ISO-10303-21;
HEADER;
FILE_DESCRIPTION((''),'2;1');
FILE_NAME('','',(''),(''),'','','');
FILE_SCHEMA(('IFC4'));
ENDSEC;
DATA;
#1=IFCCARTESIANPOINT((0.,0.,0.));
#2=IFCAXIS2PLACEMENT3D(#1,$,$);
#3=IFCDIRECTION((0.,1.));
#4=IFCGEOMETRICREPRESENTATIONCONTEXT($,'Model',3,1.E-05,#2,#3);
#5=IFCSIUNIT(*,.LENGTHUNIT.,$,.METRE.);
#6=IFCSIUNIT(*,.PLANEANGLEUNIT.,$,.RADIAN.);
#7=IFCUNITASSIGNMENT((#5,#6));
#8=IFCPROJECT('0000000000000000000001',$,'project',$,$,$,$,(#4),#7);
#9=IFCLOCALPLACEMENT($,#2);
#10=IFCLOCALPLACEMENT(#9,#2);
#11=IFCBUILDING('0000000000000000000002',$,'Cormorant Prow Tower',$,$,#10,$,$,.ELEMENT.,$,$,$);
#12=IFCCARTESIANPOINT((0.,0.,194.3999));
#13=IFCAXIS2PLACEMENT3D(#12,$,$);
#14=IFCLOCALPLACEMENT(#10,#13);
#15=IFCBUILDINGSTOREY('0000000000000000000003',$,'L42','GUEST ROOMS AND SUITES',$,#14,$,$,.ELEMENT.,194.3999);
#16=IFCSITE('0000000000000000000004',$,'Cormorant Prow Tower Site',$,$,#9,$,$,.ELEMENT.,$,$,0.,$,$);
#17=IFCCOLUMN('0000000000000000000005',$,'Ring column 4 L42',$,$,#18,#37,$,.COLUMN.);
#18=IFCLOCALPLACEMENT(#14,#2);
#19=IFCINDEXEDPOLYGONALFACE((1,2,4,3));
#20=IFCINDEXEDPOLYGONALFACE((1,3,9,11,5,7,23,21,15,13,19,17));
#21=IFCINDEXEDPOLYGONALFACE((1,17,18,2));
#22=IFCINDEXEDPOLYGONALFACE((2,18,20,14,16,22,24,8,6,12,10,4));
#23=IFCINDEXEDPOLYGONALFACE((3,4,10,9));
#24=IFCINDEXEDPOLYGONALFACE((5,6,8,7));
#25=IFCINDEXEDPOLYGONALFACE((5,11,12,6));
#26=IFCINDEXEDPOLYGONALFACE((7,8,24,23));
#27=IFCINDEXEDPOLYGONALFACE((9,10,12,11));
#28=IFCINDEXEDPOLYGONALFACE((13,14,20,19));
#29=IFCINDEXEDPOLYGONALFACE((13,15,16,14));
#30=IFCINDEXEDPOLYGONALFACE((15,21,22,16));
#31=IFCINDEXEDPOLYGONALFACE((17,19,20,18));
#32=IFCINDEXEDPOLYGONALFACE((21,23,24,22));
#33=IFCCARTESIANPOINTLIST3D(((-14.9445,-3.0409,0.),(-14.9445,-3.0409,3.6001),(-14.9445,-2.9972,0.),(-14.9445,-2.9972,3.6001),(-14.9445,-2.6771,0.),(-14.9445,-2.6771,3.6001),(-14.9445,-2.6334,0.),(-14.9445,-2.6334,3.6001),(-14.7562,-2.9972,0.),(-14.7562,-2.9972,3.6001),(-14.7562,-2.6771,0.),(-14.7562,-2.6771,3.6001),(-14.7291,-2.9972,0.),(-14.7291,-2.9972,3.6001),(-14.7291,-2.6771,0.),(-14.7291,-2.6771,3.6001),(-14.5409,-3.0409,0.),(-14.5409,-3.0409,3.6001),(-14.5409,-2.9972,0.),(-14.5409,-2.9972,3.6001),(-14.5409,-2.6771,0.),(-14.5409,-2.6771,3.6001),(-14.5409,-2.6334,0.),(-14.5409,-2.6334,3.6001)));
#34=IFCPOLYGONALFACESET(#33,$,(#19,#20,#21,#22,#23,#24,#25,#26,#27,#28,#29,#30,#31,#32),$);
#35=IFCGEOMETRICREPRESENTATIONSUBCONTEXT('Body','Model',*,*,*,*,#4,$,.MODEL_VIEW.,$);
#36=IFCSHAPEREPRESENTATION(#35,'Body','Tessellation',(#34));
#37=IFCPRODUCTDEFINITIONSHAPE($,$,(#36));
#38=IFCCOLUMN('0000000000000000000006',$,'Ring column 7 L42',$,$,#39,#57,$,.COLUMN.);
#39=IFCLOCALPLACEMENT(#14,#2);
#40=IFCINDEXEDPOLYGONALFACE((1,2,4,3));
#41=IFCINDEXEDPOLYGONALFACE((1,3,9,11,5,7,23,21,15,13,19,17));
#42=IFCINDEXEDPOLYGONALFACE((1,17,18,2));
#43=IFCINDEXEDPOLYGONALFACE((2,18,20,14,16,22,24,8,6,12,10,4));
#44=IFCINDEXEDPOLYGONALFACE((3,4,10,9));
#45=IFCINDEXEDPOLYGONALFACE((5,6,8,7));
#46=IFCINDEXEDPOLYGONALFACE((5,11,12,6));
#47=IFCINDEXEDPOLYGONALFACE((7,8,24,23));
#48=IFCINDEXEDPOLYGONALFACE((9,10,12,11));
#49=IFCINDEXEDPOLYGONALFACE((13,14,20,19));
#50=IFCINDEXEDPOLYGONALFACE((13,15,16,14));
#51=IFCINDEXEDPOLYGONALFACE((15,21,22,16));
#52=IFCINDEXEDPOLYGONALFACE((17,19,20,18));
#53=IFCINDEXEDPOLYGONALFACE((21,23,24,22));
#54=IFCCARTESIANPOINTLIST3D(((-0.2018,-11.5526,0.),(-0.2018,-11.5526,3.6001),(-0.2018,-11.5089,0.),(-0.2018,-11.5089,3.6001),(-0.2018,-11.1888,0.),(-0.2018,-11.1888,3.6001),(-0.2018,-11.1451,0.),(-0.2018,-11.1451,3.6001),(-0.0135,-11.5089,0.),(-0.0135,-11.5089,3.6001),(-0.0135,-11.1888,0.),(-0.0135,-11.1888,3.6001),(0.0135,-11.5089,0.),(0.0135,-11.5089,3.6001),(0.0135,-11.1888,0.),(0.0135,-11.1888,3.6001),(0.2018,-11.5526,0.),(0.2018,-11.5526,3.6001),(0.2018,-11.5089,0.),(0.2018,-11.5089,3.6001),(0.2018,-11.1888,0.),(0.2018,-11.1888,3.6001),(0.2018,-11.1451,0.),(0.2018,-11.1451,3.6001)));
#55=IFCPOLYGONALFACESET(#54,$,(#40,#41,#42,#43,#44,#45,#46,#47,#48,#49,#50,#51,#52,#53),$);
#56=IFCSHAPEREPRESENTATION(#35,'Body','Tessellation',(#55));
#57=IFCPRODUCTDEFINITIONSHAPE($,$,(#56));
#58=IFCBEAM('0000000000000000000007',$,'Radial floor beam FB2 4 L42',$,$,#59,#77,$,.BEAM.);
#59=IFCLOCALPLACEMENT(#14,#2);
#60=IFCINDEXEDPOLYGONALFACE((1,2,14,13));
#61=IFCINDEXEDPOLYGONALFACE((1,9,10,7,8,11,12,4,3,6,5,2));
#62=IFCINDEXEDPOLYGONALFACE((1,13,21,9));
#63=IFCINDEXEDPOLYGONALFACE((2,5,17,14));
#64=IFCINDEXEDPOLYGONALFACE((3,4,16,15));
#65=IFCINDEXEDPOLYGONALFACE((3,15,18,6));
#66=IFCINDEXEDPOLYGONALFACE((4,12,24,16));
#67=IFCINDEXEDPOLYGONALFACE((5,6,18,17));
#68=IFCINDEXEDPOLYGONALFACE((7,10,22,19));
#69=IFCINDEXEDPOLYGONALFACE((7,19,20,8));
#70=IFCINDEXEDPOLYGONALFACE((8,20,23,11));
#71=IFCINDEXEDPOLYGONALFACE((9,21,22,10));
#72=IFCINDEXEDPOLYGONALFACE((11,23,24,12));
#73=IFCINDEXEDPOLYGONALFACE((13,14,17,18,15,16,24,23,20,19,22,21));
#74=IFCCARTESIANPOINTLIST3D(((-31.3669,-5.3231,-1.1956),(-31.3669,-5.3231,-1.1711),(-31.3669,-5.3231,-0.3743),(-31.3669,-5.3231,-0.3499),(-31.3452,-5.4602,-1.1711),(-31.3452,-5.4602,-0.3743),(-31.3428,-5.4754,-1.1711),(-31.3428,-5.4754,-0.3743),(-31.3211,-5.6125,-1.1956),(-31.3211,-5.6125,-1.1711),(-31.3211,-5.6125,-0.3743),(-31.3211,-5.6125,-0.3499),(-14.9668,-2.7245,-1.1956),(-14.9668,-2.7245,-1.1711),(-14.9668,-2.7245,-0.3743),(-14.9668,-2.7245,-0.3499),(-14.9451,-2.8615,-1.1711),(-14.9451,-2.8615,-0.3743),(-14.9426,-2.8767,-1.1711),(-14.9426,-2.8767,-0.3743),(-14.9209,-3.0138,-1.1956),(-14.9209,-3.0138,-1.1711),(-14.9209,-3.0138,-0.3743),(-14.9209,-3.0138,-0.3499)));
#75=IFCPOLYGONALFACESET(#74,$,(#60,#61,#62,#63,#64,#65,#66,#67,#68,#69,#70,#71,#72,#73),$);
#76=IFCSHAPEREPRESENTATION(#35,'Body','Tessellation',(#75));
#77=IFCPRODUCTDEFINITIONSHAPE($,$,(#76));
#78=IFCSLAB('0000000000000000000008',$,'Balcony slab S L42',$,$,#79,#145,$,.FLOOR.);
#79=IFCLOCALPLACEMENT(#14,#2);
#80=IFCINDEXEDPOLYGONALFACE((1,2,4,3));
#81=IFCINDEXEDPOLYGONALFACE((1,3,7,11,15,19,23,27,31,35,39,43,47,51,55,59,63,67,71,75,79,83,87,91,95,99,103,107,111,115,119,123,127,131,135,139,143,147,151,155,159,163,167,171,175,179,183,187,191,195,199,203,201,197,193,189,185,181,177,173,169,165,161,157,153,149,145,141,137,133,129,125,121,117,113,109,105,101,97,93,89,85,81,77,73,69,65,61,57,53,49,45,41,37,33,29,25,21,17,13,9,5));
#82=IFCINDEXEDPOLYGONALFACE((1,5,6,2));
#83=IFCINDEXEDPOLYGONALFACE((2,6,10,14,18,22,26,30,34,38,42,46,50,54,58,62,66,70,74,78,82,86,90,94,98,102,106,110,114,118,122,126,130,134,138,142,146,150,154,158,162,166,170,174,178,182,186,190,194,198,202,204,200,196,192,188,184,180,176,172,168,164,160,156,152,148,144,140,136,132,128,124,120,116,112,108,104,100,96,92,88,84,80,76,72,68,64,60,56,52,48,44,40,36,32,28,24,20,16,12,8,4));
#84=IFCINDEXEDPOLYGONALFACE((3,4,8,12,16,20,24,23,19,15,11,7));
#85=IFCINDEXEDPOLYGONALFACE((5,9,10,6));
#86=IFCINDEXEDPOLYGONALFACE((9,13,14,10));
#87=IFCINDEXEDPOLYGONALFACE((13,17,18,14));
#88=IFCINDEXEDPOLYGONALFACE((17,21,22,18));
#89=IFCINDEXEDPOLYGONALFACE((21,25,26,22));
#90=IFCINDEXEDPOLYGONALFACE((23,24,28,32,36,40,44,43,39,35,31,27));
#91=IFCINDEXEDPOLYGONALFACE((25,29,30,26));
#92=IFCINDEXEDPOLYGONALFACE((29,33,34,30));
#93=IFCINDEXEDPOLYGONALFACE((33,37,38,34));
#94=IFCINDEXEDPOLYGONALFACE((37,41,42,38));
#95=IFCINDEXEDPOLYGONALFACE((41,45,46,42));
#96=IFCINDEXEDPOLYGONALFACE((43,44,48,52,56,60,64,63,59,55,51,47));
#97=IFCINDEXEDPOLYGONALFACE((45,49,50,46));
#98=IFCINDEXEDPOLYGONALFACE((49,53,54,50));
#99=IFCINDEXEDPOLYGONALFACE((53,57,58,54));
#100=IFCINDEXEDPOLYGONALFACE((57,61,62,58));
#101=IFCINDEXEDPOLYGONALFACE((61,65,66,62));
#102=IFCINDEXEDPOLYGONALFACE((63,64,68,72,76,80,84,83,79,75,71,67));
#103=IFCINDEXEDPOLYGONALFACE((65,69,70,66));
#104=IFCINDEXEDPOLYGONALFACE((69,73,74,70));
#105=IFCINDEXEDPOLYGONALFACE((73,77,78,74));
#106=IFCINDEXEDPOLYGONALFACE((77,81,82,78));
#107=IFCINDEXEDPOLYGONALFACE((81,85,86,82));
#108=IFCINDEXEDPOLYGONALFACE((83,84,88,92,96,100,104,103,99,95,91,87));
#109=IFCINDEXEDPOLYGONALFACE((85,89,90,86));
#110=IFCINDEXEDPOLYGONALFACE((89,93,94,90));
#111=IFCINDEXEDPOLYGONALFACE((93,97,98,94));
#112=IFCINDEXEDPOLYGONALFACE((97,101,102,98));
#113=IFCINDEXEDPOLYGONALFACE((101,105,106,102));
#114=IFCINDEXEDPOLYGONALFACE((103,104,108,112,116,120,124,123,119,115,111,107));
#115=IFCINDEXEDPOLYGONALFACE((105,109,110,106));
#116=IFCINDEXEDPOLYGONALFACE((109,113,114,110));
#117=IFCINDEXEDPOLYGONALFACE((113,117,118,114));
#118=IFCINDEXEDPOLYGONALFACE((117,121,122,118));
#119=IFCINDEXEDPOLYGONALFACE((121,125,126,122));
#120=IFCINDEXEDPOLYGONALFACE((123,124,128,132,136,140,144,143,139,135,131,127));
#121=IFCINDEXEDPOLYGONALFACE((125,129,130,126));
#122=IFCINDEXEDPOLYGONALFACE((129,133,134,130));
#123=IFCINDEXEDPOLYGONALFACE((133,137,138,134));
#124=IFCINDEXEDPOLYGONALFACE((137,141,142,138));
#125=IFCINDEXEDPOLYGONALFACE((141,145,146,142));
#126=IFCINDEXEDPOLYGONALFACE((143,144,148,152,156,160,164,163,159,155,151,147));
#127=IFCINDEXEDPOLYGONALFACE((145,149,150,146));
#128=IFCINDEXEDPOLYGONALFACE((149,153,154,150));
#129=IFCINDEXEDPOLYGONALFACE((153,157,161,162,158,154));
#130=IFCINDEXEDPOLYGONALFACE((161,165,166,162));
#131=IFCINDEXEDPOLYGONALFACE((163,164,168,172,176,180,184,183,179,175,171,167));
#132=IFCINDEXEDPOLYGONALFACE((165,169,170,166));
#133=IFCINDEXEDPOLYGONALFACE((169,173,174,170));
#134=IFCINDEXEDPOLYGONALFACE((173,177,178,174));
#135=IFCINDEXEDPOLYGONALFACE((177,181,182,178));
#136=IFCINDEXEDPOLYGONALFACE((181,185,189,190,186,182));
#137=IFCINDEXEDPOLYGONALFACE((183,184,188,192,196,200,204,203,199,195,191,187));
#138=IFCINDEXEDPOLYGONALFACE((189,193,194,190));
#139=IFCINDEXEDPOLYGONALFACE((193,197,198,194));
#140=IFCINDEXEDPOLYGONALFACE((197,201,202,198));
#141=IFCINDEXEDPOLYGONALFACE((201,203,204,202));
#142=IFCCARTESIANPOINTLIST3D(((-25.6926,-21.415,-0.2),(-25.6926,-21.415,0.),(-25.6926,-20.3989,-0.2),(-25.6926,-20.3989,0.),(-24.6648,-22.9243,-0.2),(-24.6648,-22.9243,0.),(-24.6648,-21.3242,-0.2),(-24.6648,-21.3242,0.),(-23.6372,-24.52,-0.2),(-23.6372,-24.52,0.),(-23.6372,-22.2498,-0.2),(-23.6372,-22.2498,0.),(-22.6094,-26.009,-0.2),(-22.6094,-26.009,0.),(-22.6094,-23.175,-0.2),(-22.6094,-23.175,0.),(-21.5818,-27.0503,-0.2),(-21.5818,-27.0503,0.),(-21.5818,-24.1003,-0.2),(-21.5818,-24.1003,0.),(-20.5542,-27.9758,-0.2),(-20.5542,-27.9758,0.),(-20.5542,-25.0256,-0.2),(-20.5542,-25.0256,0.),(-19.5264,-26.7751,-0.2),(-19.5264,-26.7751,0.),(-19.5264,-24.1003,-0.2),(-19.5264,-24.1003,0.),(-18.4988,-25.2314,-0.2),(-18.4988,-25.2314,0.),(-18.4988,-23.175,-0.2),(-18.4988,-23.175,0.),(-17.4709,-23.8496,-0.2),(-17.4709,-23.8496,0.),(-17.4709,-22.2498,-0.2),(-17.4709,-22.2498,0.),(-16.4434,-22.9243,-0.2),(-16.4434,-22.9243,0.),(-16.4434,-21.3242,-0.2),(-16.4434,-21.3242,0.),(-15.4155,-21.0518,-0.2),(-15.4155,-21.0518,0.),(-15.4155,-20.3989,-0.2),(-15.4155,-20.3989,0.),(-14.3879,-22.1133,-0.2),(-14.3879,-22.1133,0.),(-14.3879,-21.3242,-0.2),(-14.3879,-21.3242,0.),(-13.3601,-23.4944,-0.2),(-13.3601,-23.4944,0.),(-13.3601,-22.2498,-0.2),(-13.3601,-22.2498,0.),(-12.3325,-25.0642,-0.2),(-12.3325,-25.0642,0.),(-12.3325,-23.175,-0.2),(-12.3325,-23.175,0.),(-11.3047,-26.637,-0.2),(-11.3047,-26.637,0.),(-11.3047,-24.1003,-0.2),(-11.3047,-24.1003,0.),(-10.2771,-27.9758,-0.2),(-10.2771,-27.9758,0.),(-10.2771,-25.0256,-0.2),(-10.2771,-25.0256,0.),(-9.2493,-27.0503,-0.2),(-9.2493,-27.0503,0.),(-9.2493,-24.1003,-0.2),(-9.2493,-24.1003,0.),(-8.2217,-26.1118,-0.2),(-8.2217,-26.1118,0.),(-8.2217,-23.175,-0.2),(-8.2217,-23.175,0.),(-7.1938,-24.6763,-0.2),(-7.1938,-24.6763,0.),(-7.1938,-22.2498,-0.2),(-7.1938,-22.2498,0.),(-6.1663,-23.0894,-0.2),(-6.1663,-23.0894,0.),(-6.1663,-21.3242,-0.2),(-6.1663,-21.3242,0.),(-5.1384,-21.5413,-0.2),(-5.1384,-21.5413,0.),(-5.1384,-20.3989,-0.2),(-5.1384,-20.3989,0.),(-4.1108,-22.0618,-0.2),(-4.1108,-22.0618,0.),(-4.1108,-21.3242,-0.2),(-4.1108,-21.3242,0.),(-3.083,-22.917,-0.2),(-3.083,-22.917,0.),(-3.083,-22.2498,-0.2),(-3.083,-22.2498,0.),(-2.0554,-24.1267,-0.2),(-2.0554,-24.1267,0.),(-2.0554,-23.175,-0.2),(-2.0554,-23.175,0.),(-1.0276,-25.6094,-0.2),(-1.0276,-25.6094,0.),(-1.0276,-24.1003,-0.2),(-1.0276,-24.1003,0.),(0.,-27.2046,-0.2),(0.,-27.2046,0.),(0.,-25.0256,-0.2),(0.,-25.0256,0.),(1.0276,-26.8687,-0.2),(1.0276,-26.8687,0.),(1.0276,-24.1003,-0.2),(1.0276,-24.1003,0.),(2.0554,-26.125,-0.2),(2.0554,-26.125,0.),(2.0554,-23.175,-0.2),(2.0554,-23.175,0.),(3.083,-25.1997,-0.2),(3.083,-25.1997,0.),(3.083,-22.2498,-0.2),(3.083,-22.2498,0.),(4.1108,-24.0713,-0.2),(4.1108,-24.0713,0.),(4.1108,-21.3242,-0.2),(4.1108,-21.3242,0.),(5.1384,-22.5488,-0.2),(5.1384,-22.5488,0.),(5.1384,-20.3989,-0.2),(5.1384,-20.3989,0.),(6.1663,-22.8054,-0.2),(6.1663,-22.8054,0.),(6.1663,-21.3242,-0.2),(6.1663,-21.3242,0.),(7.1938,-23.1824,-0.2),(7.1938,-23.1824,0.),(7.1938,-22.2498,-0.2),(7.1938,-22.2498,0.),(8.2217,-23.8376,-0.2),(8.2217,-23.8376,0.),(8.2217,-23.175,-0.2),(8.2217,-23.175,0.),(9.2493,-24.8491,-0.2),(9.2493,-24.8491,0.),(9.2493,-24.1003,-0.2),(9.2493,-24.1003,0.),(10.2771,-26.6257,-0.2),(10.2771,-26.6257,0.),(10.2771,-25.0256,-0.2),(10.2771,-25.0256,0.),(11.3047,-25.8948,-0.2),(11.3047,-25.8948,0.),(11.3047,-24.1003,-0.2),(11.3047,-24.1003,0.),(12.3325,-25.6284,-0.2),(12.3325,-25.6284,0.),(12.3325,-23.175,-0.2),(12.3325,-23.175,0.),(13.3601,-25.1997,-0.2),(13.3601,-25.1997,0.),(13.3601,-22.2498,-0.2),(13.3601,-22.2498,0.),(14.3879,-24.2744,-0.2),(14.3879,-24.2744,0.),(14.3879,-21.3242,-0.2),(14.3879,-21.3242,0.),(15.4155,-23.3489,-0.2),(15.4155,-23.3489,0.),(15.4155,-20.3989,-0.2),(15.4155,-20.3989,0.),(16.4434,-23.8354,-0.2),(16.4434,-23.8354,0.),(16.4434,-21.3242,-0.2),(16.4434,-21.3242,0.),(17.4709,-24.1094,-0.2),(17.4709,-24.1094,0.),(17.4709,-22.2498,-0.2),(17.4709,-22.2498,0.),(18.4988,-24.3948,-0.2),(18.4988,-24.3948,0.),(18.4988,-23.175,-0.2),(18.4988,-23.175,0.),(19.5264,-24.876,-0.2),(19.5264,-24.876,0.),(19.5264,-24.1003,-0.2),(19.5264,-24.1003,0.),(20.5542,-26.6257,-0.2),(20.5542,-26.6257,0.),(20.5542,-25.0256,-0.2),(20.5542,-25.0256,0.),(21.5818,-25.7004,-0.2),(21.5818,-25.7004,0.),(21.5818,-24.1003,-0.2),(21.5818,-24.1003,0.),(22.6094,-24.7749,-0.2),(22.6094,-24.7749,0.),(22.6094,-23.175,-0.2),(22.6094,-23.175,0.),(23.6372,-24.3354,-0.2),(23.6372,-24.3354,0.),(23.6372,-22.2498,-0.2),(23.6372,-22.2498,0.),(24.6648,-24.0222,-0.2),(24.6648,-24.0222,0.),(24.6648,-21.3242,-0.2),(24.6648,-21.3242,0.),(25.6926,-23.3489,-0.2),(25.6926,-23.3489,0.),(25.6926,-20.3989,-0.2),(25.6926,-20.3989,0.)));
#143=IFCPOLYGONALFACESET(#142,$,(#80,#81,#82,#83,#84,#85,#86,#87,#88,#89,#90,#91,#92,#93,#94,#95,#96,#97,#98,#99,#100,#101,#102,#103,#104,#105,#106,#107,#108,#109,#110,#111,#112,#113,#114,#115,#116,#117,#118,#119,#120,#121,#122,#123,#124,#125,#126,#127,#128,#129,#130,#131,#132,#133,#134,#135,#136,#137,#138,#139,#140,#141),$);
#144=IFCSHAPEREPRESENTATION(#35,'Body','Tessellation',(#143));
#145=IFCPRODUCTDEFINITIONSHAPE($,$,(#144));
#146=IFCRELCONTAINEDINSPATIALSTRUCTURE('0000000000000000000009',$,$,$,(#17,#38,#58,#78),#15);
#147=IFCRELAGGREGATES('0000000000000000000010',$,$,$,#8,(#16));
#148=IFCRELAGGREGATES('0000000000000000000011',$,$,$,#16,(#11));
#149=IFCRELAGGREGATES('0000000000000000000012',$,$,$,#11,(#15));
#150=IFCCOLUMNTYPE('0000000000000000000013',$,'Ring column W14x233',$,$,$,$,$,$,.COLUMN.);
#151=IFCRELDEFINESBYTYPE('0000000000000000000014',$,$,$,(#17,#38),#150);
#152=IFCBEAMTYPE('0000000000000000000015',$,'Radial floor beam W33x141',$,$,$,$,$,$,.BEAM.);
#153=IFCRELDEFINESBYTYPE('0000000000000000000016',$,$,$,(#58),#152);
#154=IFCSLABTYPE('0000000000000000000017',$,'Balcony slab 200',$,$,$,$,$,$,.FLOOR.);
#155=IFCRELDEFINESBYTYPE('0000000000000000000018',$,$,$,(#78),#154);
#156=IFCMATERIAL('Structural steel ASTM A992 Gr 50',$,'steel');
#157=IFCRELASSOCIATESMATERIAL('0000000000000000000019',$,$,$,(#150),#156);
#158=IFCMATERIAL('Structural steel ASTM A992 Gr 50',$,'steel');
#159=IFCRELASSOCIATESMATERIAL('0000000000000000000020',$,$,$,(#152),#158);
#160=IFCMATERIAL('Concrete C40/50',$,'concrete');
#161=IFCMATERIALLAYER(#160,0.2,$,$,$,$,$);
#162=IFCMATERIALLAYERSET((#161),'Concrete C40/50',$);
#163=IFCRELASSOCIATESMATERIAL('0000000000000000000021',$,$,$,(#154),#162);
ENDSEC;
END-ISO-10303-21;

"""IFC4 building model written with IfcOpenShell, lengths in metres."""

from ifc_helpers import new_model, si_unit, direction, frame, origin, origin_2d, place, context, subcontext, project, spatial, polyline, i_section, outline, extrude, material, layer, layer_set, material_profile, profile_set, type_object, element, save


model = new_model("IFC4")

# Units and contexts
model_context = context("Model", 3, precision=1e-05, world=origin(), true_north=direction((0.0, 1.0)))
body_context = subcontext(model_context, "Body", "Model", "MODEL_VIEW")
ifc_project = project(units=[si_unit("LENGTHUNIT", "METRE"), si_unit("PLANEANGLEUNIT", "RADIAN")], contexts=[model_context])

# Site, building, storey
site_placement = place(None, origin())
site = spatial("IfcSite", under=ifc_project, at=site_placement, Name="Cormorant Prow Tower Site", CompositionType="ELEMENT", RefElevation=0.0)
building_placement = place(site_placement, origin())
building = spatial("IfcBuilding", under=site, at=building_placement, Name="Cormorant Prow Tower", CompositionType="ELEMENT")
storey_placement = place(building_placement, frame((0.0, 0.0, 194.3999)))
storey = spatial("IfcBuildingStorey", under=building, at=storey_placement, Name="L42", Description="GUEST ROOMS AND SUITES", CompositionType="ELEMENT", Elevation=194.3999)

# Columns
ifc_material_1 = material(Name="Structural steel ASTM A992 Gr 50", Category="steel")
ifc_material_profile_1 = material_profile(ifc_material_1, i_section(OverallWidth=0.4036, OverallDepth=0.4075, WebThickness=0.0271, FlangeThickness=0.0437, at=origin_2d()), Name="W14x233")
ifc_profile_set_1 = profile_set([ifc_material_profile_1], Name="Structural steel ASTM A992 Gr 50")
column_type = type_object("IfcColumnType", Name="Ring column W14x233", PredefinedType="COLUMN", material=ifc_profile_set_1)
for number, where, z_axis, x_axis, name in (
    (1, (-14.7427, -2.8372, 0.0), (0.0, 0.0, 1.0), (1.0, 0.0, 0.0), "Ring column 4 L42"),
    (2, (0.0, -11.3489, 0.0), (0.0, 0.0, 1.0), (1.0, 0.0, 0.0), "Ring column 7 L42"),
):
    element("IfcColumn", number, at=place(storey_placement, frame(where, z_axis=z_axis, x_axis=x_axis)), inside=storey, type_object=column_type, Name=name, PredefinedType="COLUMN", context=body_context, shape_type="SweptSolid", body=[
        extrude(i_section(OverallWidth=0.4036, OverallDepth=0.4075, WebThickness=0.0271, FlangeThickness=0.0437, at=origin_2d()), origin(), (0.0, 0.0, 1.0), 3.6001),
    ])

# Beam
ifc_material_2 = material(Name="Structural steel ASTM A992 Gr 50", Category="steel")
ifc_material_profile_2 = material_profile(ifc_material_2, i_section(OverallWidth=0.293, OverallDepth=0.8457, WebThickness=0.0154, FlangeThickness=0.0244, at=origin_2d()), Name="W33x141")
ifc_profile_set_2 = profile_set([ifc_material_profile_2], Name="Structural steel ASTM A992 Gr 50")
beam_type = type_object("IfcBeamType", Name="Radial floor beam W33x141", PredefinedType="BEAM", material=ifc_profile_set_2)
beam_placement = place(storey_placement, frame((-14.9438, -2.8691, -0.7727), z_axis=(-0.987678, -0.156499, 0.0), x_axis=(0.156499, -0.987678, 0.0)))
element("IfcBeam", 3, at=beam_placement, inside=storey, type_object=beam_type, Name="Radial floor beam FB2 4 L42", PredefinedType="BEAM", context=body_context, shape_type="SweptSolid", body=[
    extrude(i_section(OverallWidth=0.293, OverallDepth=0.8457, WebThickness=0.0154, FlangeThickness=0.0244, at=origin_2d()), origin(), (0.0, 0.0, 1.0), 16.6047),
])

# Slab
ifc_material_3 = material(Name="Concrete C40/50", Category="concrete")
ifc_layer_1 = layer(ifc_material_3, 0.2)
ifc_layer_set_1 = layer_set([ifc_layer_1], Name="Concrete C40/50")
slab_type_1 = type_object("IfcSlabType", Name="Balcony slab 200", PredefinedType="FLOOR", material=ifc_layer_set_1)
slab_1_placement = place(storey_placement, frame((0.0, 0.0, -0.2)))
element("IfcSlab", 4, at=slab_1_placement, inside=storey, type_object=slab_type_1, Name="Balcony slab S L42", PredefinedType="FLOOR", context=body_context, shape_type="SweptSolid", body=[
    extrude(outline(polyline([(-25.6926, -20.3989), (-25.6926, -21.415), (-24.6648, -22.9243), (-23.6372, -24.52), (-22.6094, -26.009), (-21.5818, -27.0503), (-20.5542, -27.9758), (-19.5264, -26.7751), (-18.4988, -25.2314), (-17.4709, -23.8496), (-16.4434, -22.9243), (-15.4155, -21.0518), (-14.3879, -22.1133), (-13.3601, -23.4944), (-12.3325, -25.0642), (-11.3047, -26.637), (-10.2771, -27.9758), (-9.2493, -27.0503), (-8.2217, -26.1118), (-7.1938, -24.6763), (-6.1663, -23.0894), (-5.1384, -21.5413), (-4.1108, -22.0618), (-3.083, -22.917), (-2.0554, -24.1267), (-1.0276, -25.6094), (0.0, -27.2046), (1.0276, -26.8687), (2.0554, -26.125), (3.083, -25.1997), (4.1108, -24.0713), (5.1384, -22.5488), (6.1663, -22.8054), (7.1938, -23.1824), (8.2217, -23.8376), (9.2493, -24.8491), (10.2771, -26.6257), (11.3047, -25.8948), (12.3325, -25.6284), (13.3601, -25.1997), (14.3879, -24.2744), (15.4155, -23.3489), (16.4434, -23.8354), (17.4709, -24.1094), (18.4988, -24.3948), (19.5264, -24.876), (20.5542, -26.6257), (21.5818, -25.7004), (22.6094, -24.7749), (23.6372, -24.3354), (24.6648, -24.0222), (25.6926, -23.3489), (25.6926, -20.3989), (24.6648, -21.3242), (23.6372, -22.2498), (22.6094, -23.175), (21.5818, -24.1003), (20.5542, -25.0256), (19.5264, -24.1003), (18.4988, -23.175), (17.4709, -22.2498), (16.4434, -21.3242), (15.4155, -20.3989), (14.3879, -21.3242), (13.3601, -22.2498), (12.3325, -23.175), (11.3047, -24.1003), (10.2771, -25.0256), (9.2493, -24.1003), (8.2217, -23.175), (7.1938, -22.2498), (6.1663, -21.3242), (5.1384, -20.3989), (4.1108, -21.3242), (3.083, -22.2498), (2.0554, -23.175), (1.0276, -24.1003), (0.0, -25.0256), (-1.0276, -24.1003), (-2.0554, -23.175), (-3.083, -22.2498), (-4.1108, -21.3242), (-5.1384, -20.3989), (-6.1663, -21.3242), (-7.1938, -22.2498), (-8.2217, -23.175), (-9.2493, -24.1003), (-10.2771, -25.0256), (-11.3047, -24.1003), (-12.3325, -23.175), (-13.3601, -22.2498), (-14.3879, -21.3242), (-15.4155, -20.3989), (-16.4434, -21.3242), (-17.4709, -22.2498), (-18.4988, -23.175), (-19.5264, -24.1003), (-20.5542, -25.0256), (-21.5818, -24.1003), (-22.6094, -23.175), (-23.6372, -22.2498), (-24.6648, -21.3242), (-25.6926, -20.3989)])), origin(), (0.0, 0.0, 1.0), 0.2),
])

save(model, "model.ifc")
